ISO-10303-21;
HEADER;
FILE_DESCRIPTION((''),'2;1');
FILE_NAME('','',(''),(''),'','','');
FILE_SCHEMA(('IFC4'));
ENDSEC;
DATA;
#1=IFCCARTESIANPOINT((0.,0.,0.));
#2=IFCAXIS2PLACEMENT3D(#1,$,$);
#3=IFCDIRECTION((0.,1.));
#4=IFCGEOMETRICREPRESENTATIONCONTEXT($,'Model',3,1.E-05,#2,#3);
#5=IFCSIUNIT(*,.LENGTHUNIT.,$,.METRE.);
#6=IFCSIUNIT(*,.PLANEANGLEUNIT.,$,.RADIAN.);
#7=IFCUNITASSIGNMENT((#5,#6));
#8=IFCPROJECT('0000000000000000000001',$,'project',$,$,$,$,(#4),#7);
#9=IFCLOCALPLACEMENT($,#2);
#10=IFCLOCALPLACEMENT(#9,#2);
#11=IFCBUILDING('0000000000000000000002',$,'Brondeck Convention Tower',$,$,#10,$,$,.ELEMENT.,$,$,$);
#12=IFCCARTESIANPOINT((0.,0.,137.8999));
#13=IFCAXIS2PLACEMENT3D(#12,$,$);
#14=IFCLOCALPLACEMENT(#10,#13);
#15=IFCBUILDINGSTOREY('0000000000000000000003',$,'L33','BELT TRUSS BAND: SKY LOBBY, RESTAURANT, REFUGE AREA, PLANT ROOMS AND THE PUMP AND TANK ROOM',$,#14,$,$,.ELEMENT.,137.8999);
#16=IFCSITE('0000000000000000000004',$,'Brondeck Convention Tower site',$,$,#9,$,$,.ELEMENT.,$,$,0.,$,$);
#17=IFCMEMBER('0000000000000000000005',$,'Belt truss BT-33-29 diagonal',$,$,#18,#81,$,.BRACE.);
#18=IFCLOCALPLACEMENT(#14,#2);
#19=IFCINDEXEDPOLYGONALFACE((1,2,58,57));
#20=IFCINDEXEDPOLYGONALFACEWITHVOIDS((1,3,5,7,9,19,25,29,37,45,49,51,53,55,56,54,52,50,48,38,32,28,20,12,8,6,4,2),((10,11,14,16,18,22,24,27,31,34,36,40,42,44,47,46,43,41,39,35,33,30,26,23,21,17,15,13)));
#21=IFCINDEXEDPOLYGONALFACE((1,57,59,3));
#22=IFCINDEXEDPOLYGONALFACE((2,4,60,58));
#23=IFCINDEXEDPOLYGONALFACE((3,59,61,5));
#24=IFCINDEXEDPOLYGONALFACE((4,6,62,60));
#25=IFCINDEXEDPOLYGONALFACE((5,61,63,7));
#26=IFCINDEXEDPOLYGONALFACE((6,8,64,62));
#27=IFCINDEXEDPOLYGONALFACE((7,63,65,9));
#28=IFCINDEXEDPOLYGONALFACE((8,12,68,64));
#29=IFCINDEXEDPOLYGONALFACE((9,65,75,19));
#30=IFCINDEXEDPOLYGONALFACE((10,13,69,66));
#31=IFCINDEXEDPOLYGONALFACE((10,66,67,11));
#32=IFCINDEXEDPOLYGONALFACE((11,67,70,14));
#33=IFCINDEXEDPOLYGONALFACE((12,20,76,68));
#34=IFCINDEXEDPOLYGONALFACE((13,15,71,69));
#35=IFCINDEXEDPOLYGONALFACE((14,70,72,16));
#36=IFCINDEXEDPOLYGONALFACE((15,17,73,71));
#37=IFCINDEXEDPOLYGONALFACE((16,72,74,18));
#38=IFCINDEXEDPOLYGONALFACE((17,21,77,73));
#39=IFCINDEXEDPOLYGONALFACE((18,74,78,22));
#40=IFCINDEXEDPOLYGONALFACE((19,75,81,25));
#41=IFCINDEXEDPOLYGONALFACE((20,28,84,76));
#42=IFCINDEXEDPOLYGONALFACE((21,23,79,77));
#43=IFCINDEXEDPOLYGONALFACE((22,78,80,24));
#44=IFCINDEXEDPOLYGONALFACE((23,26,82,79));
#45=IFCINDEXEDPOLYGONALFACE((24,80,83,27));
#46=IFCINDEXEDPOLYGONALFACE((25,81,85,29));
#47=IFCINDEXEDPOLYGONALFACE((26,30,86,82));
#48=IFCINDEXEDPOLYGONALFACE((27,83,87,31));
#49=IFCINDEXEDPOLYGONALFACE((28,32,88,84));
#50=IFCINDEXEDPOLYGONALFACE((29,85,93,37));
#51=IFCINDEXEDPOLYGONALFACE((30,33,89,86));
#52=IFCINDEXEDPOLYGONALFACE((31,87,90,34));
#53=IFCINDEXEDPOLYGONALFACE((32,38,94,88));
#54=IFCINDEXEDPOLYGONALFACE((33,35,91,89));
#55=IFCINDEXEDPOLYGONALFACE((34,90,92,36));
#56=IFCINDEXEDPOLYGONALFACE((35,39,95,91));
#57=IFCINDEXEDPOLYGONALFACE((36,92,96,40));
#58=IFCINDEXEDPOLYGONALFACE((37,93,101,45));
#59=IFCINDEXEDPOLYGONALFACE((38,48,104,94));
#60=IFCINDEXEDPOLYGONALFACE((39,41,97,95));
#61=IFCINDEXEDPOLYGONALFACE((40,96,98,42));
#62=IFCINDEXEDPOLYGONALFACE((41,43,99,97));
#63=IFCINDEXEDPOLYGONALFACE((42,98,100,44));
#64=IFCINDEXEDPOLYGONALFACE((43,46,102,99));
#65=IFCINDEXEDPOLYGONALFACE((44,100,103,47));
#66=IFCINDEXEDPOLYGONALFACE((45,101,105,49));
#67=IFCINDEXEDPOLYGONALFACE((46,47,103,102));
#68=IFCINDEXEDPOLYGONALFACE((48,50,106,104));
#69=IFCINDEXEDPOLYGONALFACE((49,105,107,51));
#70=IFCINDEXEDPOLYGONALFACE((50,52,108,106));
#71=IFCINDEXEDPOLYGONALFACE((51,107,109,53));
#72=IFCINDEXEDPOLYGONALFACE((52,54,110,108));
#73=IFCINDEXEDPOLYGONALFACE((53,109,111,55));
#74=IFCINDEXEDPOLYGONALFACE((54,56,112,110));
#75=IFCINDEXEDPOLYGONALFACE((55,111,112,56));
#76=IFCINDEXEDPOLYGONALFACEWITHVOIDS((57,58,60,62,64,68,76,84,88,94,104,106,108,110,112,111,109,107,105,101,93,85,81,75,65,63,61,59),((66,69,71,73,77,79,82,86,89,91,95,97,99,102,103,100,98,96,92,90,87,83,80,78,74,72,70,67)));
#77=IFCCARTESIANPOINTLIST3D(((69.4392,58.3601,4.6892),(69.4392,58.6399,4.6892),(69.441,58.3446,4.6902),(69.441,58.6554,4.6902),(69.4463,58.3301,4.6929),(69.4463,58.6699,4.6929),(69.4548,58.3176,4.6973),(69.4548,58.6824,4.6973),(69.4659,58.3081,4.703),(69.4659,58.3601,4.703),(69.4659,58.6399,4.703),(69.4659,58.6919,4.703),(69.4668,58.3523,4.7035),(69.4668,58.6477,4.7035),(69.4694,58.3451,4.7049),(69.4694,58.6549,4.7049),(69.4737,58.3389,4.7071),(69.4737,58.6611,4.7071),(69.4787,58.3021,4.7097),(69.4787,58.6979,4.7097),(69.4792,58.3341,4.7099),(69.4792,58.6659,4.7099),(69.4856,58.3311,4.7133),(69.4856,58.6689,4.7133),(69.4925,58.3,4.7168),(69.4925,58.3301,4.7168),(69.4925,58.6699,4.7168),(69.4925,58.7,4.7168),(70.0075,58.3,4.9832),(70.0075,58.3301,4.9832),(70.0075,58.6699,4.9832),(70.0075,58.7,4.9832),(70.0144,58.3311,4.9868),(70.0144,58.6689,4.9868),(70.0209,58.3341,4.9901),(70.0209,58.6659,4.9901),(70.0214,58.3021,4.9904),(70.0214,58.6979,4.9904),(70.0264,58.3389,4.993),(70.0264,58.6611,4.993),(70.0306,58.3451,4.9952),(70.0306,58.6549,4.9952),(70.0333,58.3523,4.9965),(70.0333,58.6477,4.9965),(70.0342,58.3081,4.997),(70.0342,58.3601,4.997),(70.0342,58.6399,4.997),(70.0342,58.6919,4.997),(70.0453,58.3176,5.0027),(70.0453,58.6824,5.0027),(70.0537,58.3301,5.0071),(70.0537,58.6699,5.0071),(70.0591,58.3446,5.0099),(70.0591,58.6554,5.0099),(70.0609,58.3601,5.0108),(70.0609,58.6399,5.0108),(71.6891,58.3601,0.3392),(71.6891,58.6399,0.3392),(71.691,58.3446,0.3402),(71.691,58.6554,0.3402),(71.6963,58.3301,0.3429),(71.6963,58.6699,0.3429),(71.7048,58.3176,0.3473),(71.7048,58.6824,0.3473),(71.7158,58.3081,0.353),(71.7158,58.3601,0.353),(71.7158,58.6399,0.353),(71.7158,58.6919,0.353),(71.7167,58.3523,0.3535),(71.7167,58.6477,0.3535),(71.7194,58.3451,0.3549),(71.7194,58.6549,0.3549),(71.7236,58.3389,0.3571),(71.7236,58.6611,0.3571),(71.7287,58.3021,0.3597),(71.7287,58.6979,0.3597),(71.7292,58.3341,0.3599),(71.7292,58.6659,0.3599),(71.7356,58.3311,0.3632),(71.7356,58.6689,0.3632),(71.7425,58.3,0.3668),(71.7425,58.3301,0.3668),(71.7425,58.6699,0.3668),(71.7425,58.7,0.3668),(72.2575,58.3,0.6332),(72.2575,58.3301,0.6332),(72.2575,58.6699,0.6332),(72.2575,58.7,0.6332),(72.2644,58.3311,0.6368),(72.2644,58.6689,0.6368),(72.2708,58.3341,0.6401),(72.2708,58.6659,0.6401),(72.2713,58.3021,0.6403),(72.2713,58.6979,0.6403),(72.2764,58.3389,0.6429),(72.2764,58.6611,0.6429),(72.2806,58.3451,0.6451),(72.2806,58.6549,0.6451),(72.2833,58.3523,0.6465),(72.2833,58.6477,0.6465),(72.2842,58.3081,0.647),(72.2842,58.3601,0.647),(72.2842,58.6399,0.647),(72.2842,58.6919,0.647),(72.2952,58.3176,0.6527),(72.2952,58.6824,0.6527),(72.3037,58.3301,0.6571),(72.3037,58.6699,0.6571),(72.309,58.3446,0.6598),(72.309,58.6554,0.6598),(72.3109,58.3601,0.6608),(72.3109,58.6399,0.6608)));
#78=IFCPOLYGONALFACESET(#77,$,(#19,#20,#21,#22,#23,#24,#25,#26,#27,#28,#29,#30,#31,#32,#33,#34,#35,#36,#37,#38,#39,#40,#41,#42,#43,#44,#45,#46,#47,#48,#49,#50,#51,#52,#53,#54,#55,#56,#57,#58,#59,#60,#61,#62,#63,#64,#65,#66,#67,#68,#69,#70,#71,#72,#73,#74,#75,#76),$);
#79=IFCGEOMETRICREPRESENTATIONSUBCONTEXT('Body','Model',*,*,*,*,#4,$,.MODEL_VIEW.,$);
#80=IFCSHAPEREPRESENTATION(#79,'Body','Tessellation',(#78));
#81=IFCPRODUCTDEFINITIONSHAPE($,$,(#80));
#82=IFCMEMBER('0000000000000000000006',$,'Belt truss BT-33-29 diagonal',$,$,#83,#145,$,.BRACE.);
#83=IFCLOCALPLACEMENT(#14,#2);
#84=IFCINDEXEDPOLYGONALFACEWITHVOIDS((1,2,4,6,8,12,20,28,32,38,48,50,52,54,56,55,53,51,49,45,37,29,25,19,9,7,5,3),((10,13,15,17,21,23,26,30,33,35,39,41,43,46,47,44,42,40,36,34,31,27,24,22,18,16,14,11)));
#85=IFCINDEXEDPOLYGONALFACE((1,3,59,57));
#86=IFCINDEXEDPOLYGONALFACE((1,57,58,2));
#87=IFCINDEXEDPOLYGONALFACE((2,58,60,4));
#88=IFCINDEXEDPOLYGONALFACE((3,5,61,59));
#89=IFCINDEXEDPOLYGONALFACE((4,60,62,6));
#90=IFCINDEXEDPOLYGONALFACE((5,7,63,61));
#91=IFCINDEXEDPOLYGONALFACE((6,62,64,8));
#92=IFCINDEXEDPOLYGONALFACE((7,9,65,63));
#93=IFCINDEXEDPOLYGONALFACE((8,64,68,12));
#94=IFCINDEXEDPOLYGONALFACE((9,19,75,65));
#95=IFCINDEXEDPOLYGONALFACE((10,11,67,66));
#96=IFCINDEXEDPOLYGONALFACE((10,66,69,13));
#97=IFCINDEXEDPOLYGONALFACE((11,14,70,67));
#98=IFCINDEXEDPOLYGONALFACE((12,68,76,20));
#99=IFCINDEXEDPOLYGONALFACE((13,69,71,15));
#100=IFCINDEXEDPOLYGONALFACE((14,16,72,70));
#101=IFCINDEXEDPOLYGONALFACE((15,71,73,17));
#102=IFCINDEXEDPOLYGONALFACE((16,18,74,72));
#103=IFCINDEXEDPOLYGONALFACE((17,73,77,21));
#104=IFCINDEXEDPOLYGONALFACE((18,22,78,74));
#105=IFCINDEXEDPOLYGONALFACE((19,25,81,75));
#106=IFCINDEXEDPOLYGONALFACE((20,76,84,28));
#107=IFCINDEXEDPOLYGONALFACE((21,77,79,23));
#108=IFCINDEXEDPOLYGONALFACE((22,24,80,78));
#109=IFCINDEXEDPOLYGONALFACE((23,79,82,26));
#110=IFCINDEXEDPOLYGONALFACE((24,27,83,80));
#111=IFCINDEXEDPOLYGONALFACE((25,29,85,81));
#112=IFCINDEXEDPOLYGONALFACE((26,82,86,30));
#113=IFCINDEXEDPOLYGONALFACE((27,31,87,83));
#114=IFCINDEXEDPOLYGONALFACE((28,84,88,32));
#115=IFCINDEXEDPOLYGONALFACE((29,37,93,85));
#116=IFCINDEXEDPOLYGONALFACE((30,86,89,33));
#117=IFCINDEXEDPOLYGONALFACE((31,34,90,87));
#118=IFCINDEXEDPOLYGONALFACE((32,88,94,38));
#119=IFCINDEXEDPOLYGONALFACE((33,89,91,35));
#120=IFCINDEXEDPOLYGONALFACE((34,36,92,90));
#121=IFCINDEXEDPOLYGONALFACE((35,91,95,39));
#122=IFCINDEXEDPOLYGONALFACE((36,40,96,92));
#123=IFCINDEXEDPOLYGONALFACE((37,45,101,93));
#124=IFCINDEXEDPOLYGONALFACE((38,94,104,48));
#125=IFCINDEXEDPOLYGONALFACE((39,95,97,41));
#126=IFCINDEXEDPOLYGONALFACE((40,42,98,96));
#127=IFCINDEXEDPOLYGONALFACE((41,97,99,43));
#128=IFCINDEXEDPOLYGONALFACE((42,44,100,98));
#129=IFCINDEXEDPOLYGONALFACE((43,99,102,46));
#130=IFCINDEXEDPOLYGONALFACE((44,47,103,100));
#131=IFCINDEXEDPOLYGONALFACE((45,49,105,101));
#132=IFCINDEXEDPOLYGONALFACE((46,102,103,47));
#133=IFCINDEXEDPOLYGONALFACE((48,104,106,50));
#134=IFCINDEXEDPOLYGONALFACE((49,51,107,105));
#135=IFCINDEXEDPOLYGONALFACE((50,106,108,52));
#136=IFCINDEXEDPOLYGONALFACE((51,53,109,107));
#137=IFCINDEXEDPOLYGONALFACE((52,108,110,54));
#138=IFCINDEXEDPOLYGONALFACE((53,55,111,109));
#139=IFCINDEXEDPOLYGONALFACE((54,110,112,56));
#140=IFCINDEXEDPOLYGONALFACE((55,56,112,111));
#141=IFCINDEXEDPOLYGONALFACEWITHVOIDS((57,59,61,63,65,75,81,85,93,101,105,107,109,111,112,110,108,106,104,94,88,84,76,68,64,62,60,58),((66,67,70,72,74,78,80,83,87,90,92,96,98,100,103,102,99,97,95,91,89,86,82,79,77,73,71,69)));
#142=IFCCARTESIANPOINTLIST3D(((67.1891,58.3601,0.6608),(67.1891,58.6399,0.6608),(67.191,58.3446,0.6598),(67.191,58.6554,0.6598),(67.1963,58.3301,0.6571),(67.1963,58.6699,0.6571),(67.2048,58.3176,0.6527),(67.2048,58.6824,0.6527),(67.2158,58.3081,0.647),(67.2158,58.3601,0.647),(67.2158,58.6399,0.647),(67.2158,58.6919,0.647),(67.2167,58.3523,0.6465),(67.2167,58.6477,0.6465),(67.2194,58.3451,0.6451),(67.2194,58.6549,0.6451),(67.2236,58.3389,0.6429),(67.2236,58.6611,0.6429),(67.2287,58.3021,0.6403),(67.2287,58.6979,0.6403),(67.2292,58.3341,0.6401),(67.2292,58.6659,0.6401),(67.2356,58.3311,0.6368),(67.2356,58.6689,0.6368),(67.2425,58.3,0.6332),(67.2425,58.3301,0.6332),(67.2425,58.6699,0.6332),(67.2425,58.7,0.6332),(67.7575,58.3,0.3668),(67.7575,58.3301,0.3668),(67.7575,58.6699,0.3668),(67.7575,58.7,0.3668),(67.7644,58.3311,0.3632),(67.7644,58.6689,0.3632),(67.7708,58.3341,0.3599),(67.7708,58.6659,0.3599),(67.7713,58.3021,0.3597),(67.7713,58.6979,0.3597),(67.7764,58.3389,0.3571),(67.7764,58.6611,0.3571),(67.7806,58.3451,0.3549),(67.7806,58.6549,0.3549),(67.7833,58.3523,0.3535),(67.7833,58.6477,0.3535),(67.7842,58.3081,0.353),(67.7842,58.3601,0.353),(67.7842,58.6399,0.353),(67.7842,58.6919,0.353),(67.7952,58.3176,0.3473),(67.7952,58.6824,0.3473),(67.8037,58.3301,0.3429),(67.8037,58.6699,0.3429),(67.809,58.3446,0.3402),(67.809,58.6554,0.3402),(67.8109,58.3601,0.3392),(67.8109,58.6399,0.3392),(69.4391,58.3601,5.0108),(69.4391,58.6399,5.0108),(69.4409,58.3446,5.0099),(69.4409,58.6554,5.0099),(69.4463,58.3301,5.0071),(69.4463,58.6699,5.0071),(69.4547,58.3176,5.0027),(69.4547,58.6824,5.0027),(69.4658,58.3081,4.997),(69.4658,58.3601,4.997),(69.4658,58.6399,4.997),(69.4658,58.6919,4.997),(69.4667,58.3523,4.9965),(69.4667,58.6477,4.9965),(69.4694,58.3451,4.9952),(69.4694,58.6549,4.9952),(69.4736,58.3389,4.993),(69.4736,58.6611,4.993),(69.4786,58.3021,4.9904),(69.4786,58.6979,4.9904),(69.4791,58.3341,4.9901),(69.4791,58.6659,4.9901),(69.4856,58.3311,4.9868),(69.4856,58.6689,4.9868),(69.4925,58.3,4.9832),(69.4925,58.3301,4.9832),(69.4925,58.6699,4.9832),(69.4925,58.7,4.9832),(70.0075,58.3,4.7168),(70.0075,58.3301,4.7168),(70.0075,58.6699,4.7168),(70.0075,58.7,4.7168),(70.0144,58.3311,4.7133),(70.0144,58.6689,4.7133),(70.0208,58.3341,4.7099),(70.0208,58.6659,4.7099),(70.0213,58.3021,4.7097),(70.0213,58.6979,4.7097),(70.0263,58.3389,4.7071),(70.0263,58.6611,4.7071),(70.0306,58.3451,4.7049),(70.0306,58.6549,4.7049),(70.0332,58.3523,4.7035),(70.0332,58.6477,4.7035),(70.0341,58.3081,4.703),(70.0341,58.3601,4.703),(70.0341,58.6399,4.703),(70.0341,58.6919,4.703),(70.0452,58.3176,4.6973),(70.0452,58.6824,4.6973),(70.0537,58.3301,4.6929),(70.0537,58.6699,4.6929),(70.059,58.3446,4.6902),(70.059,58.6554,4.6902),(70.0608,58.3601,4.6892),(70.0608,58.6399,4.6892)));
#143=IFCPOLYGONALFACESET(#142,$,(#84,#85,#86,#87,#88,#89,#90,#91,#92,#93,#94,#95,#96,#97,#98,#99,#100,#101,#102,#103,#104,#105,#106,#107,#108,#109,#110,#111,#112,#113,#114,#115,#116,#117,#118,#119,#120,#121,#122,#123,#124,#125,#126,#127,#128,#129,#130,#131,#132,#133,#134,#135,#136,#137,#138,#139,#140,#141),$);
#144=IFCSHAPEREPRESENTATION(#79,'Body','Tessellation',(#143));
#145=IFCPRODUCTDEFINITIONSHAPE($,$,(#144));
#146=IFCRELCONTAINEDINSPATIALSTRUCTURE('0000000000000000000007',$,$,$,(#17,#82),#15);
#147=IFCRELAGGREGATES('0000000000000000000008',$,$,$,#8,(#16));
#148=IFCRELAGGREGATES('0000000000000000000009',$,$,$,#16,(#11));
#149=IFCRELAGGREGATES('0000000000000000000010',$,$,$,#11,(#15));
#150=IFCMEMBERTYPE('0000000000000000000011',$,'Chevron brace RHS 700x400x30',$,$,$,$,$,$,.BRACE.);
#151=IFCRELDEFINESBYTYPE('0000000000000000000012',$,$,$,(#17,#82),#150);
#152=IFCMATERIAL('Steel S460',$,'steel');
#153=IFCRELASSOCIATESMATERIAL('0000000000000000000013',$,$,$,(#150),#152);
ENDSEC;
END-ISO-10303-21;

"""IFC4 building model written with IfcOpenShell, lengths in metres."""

from ifc_helpers import new_model, si_unit, direction, frame, origin, origin_2d, place, context, subcontext, project, spatial, hollow_rectangle, extrude, material, material_profile, profile_set, type_object, element, save


model = new_model("IFC4")

# Units and contexts
model_context = context("Model", 3, precision=1e-05, world=origin(), true_north=direction((0.0, 1.0)))
body_context = subcontext(model_context, "Body", "Model", "MODEL_VIEW")
ifc_project = project(units=[si_unit("LENGTHUNIT", "METRE"), si_unit("PLANEANGLEUNIT", "RADIAN")], contexts=[model_context])

# Site, building, storey
site_placement = place(None, origin())
site = spatial("IfcSite", under=ifc_project, at=site_placement, Name="Brondeck Convention Tower site", CompositionType="ELEMENT", RefElevation=0.0)
building_placement = place(site_placement, origin())
building = spatial("IfcBuilding", under=site, at=building_placement, Name="Brondeck Convention Tower", CompositionType="ELEMENT")
storey_placement = place(building_placement, frame((0.0, 0.0, 137.8999)))
storey = spatial("IfcBuildingStorey", under=building, at=storey_placement, Name="L33", Description="BELT TRUSS BAND: SKY LOBBY, RESTAURANT, REFUGE AREA, PLANT ROOMS AND THE PUMP AND TANK ROOM", CompositionType="ELEMENT", Elevation=137.8999)

# Members
ifc_material_1 = material(Name="Steel S460", Category="steel")
ifc_material_profile_1 = material_profile(ifc_material_1, hollow_rectangle(XDim=0.3999, YDim=0.7, WallThickness=0.03, InnerFilletRadius=0.03, OuterFilletRadius=0.0601, at=origin_2d()), Name="RHS 700x400x30")
ifc_profile_set_1 = profile_set([ifc_material_profile_1], Name="Steel S460")
member_type_1 = type_object("IfcMemberType", Name="Chevron brace RHS 700x400x30", PredefinedType="BRACE", material=ifc_profile_set_1)
for number, where, z_axis, x_axis, name in (
    (1, (72.0, 58.5, 0.5), (-0.459415, 0.0, 0.888222), (0.0, -1.0, 0.0), "Belt truss BT-33-29 diagonal"),
    (2, (67.5, 58.5, 0.5), (0.459415, 0.0, 0.888222), (0.0, 1.0, 0.0), "Belt truss BT-33-29 diagonal"),
):
    element("IfcMember", number, at=place(storey_placement, frame(where, z_axis=z_axis, x_axis=x_axis)), inside=storey, type_object=member_type_1, Name=name, PredefinedType="BRACE", context=body_context, shape_type="SweptSolid", body=[
        extrude(hollow_rectangle(XDim=0.3999, YDim=0.7, WallThickness=0.03, InnerFilletRadius=0.03, OuterFilletRadius=0.0601, at=origin_2d()), origin(), (0.0, 0.0, 1.0), 4.8975),
    ])

save(model, "model.ifc")
